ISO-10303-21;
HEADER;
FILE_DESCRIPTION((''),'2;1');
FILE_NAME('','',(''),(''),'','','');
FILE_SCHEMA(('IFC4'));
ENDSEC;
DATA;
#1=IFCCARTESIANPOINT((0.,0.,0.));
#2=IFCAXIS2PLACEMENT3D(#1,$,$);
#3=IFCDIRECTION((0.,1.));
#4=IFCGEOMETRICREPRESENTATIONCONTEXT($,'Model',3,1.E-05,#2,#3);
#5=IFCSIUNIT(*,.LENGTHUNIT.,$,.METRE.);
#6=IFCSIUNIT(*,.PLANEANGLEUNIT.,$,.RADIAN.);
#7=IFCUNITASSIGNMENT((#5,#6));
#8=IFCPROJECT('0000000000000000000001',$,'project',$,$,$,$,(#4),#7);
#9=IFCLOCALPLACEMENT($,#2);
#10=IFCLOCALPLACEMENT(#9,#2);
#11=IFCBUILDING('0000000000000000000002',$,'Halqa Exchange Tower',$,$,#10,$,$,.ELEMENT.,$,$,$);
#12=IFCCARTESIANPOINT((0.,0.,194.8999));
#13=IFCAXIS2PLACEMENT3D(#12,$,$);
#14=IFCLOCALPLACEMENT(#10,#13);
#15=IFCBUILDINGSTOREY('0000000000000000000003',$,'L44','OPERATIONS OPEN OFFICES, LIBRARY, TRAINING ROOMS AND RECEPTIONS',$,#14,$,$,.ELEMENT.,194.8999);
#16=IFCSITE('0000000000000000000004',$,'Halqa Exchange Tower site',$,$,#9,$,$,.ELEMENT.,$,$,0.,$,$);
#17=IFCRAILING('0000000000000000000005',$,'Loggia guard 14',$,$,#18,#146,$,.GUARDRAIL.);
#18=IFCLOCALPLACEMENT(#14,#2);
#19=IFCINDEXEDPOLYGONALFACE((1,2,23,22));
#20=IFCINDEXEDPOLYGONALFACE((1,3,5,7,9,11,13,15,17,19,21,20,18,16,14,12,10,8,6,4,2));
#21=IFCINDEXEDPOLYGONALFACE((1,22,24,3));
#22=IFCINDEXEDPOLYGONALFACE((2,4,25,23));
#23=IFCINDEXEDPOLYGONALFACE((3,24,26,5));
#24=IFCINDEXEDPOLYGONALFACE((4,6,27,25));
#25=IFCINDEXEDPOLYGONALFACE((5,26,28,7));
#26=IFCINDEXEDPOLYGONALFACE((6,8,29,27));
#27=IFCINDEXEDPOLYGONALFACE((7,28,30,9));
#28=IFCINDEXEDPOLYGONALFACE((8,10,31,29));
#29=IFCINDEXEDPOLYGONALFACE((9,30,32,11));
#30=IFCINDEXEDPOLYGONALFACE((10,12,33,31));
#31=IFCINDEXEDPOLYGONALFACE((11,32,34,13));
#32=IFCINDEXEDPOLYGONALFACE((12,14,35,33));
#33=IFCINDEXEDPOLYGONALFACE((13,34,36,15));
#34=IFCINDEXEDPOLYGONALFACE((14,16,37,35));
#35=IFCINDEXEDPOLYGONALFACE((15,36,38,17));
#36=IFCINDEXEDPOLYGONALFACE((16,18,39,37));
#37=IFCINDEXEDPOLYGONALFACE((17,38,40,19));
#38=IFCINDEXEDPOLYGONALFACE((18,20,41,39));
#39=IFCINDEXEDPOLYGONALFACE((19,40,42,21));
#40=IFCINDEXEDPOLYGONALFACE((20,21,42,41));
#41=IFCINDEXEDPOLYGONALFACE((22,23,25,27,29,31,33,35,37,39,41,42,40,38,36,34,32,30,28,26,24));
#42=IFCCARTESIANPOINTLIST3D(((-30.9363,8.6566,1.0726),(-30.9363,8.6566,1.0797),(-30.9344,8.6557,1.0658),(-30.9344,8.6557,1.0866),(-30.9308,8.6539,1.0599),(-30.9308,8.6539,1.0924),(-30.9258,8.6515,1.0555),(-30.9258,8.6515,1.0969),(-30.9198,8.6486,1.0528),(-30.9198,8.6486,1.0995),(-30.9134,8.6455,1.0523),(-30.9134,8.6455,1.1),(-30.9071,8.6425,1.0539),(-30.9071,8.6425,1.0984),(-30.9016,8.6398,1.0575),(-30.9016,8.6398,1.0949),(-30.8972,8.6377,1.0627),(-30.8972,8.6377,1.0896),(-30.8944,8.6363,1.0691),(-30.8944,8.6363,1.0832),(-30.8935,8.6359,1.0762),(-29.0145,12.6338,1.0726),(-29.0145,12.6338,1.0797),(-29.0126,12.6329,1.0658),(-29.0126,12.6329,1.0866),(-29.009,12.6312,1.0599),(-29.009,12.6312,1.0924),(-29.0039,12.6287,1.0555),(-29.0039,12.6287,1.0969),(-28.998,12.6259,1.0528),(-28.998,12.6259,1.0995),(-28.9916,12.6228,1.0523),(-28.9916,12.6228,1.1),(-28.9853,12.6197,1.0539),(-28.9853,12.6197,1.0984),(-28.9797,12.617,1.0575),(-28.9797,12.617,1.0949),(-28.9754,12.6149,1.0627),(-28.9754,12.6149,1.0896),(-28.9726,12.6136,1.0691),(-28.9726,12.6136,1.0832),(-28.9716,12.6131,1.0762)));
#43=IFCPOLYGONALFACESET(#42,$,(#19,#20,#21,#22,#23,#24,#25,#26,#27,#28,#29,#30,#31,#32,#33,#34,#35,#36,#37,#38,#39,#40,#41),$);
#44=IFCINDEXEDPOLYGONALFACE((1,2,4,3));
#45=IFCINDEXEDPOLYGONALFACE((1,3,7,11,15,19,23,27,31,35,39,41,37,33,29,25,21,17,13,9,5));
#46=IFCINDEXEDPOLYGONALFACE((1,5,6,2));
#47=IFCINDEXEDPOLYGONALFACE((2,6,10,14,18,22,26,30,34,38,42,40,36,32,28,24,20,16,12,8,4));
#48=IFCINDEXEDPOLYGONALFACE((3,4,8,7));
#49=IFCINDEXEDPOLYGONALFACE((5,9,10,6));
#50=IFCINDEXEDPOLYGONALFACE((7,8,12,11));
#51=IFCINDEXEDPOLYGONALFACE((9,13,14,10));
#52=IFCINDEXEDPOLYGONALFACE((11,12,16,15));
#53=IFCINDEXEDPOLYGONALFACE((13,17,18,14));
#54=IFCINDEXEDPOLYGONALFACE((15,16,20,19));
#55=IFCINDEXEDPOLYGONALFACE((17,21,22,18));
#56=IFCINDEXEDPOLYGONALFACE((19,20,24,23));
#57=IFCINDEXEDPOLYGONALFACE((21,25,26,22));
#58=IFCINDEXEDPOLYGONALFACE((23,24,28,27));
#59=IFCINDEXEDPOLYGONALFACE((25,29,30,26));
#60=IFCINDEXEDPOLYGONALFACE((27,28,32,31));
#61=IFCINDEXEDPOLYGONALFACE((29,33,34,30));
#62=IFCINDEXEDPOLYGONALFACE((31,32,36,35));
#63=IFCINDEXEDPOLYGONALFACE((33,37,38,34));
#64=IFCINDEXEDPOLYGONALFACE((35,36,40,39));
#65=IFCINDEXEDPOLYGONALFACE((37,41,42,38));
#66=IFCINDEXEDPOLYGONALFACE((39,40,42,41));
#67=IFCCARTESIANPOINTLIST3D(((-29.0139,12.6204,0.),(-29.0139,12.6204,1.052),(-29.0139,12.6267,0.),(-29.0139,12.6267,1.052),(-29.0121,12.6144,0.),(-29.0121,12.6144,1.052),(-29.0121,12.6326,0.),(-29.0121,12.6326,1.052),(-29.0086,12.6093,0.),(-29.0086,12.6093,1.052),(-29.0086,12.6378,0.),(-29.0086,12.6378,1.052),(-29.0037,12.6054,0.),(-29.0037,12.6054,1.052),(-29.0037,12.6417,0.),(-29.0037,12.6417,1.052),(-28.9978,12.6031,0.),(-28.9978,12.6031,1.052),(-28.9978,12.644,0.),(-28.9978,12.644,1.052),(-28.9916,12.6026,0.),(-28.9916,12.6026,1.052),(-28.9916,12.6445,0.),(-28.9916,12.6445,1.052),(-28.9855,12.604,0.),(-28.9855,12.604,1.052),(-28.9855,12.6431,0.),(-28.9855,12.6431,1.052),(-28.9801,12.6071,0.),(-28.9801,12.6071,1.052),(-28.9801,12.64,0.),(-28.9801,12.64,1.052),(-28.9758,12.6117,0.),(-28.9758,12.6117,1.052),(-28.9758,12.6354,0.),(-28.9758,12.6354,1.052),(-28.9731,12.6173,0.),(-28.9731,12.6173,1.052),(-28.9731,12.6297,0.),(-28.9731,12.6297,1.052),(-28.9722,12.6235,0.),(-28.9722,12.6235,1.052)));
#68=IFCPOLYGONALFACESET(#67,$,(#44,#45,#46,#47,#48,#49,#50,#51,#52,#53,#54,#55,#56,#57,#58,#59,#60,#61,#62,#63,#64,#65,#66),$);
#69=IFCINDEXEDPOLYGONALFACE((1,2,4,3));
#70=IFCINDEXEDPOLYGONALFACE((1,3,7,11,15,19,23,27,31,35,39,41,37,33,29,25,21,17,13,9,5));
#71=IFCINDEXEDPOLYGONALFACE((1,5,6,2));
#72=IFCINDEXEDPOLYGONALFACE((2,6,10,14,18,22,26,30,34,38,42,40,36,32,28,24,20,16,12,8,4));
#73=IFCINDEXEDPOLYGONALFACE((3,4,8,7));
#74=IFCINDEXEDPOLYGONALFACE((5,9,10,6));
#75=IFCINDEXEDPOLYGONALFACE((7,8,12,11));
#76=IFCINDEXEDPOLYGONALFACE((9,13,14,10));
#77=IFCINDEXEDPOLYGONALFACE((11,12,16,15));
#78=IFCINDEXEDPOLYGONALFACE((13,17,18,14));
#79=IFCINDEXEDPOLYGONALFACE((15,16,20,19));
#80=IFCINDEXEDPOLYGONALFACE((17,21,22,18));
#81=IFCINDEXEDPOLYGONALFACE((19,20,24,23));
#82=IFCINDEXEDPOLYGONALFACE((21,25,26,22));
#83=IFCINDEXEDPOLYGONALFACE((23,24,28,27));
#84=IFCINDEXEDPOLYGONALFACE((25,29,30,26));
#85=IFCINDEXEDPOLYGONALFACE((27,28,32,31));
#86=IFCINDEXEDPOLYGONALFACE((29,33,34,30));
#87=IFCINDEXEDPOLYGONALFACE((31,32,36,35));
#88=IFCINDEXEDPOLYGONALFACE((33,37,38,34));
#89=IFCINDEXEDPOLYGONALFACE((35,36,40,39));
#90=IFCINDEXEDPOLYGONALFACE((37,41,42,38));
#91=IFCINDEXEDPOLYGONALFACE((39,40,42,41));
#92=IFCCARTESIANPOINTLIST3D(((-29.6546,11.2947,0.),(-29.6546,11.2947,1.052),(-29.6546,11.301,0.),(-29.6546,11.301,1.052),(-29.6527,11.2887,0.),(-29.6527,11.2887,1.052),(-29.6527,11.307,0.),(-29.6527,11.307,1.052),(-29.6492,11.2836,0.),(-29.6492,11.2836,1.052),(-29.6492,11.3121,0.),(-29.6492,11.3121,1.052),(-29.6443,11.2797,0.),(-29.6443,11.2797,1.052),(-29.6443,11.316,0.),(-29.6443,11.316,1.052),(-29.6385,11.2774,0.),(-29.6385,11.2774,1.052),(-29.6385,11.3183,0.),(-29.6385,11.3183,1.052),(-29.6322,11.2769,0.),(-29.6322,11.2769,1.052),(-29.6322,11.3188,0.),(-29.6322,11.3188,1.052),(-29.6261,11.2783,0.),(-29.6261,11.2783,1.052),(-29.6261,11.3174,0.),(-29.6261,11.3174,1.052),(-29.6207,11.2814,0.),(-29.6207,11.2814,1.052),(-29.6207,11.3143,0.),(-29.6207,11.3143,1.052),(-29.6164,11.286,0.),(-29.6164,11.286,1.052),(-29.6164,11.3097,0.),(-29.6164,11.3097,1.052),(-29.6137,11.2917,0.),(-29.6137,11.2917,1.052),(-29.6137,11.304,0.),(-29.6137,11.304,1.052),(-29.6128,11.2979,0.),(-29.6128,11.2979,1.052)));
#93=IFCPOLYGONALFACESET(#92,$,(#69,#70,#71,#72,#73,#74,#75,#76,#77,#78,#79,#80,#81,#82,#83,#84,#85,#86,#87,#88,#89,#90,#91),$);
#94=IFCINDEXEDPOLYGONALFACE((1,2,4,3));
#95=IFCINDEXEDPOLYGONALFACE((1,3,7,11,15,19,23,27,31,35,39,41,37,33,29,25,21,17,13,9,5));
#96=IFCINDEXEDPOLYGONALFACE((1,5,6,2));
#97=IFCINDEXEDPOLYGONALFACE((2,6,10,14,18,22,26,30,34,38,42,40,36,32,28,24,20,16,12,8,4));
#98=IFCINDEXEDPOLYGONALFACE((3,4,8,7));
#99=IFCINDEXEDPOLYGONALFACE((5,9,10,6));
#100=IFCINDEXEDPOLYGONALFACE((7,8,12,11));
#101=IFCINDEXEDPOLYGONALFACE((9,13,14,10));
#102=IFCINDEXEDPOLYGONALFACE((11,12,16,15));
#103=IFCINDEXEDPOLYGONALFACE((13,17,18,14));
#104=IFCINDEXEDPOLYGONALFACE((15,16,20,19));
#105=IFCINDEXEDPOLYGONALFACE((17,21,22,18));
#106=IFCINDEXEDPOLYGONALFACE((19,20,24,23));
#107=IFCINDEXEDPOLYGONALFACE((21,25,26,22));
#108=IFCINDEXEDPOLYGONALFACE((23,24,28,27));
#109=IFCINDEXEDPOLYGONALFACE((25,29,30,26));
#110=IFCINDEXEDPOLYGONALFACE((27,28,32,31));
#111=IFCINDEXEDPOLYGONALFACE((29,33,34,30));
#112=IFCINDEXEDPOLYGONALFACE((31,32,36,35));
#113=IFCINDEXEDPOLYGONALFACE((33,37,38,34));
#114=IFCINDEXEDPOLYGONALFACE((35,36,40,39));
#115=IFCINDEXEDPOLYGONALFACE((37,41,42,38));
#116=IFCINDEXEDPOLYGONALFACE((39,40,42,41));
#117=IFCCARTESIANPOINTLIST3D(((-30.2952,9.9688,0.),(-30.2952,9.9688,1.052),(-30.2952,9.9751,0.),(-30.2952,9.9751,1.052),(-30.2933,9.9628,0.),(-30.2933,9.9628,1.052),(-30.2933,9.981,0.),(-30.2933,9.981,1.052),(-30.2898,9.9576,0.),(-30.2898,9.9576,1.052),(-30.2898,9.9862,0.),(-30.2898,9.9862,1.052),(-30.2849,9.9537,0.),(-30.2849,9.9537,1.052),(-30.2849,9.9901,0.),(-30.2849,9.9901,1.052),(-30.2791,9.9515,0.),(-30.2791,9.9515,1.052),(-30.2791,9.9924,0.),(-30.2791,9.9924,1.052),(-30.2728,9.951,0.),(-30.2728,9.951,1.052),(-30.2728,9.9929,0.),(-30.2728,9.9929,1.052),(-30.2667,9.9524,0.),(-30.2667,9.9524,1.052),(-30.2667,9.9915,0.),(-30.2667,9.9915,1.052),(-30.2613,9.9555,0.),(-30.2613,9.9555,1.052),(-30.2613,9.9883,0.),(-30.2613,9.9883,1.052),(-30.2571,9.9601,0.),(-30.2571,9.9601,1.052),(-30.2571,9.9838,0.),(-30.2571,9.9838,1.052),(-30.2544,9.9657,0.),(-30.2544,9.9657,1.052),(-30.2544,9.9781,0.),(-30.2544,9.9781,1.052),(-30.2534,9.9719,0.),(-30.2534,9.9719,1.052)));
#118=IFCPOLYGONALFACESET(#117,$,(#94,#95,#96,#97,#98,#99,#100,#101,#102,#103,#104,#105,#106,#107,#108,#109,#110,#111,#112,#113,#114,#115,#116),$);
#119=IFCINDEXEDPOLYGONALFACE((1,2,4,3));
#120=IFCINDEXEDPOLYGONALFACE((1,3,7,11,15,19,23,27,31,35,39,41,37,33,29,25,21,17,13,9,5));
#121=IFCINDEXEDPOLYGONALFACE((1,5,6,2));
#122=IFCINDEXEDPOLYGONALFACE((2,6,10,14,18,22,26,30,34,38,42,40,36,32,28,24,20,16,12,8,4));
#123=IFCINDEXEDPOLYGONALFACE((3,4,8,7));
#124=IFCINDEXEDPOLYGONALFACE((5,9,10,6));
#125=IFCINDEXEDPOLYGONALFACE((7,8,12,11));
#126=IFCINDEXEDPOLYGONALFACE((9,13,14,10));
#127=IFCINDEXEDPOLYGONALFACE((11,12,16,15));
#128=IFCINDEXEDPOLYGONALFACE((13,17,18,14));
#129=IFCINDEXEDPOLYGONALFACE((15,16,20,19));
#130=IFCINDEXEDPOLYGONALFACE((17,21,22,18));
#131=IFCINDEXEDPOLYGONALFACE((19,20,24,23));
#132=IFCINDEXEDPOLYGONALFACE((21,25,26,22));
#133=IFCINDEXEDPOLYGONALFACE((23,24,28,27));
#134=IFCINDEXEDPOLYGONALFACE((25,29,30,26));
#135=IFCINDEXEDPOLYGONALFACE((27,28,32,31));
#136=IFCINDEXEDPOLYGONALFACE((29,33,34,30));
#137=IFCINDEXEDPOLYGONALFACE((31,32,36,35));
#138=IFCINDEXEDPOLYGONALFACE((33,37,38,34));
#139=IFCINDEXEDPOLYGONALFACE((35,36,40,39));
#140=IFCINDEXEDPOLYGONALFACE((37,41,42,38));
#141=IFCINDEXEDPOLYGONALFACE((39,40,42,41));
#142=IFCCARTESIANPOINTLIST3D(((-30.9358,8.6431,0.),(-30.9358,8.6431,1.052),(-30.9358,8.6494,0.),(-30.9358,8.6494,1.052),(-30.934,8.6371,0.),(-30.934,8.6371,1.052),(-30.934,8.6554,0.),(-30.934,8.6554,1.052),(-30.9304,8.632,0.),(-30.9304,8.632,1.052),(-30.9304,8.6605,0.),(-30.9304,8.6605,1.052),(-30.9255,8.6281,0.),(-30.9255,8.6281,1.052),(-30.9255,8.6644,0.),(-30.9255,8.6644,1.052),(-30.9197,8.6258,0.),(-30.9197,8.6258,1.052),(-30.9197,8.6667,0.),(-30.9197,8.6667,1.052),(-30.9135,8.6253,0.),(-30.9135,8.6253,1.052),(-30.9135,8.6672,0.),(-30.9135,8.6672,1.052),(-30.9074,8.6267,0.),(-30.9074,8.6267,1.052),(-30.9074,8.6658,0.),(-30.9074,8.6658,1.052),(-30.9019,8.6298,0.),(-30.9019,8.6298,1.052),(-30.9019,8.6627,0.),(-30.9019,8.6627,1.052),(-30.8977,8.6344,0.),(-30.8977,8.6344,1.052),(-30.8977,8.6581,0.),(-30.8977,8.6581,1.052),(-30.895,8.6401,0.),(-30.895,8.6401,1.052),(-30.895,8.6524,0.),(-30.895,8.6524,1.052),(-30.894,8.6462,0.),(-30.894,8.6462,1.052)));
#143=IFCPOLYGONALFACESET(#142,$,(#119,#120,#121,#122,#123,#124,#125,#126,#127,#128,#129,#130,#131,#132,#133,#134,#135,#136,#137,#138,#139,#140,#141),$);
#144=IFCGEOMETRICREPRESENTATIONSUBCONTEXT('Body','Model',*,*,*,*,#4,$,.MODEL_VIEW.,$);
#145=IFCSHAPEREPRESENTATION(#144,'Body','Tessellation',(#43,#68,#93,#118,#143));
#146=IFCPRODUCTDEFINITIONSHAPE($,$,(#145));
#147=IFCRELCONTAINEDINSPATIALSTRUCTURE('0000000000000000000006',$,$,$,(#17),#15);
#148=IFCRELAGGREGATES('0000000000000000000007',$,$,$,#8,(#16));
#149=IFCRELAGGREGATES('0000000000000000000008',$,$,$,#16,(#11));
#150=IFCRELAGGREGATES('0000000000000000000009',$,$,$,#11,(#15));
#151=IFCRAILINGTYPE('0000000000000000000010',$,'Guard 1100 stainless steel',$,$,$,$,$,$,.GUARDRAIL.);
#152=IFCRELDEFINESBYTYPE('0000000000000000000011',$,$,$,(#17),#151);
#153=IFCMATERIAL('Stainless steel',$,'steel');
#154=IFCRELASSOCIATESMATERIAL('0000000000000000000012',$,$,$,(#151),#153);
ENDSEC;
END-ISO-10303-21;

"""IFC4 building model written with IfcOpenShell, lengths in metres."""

from ifc_helpers import new_model, si_unit, direction, frame, origin, origin_2d, place, context, subcontext, project, spatial, circle, extrude, material, type_object, element, save


model = new_model("IFC4")

# Units and contexts
model_context = context("Model", 3, precision=1e-05, world=origin(), true_north=direction((0.0, 1.0)))
body_context = subcontext(model_context, "Body", "Model", "MODEL_VIEW")
ifc_project = project(units=[si_unit("LENGTHUNIT", "METRE"), si_unit("PLANEANGLEUNIT", "RADIAN")], contexts=[model_context])

# Site, building, storey
site_placement = place(None, origin())
site = spatial("IfcSite", under=ifc_project, at=site_placement, Name="Halqa Exchange Tower site", CompositionType="ELEMENT", RefElevation=0.0)
building_placement = place(site_placement, origin())
building = spatial("IfcBuilding", under=site, at=building_placement, Name="Halqa Exchange Tower", CompositionType="ELEMENT")
storey_placement = place(building_placement, frame((0.0, 0.0, 194.8999)))
storey = spatial("IfcBuildingStorey", under=building, at=storey_placement, Name="L44", Description="OPERATIONS OPEN OFFICES, LIBRARY, TRAINING ROOMS AND RECEPTIONS", CompositionType="ELEMENT", Elevation=194.8999)

# Railing
ifc_material_1 = material(Name="Stainless steel", Category="steel")
railing_type = type_object("IfcRailingType", Name="Guard 1100 stainless steel", PredefinedType="GUARDRAIL", material=ifc_material_1)
railing_1_placement = place(storey_placement, frame((-28.9932, 12.6235, 0.0)))
element("IfcRailing", 1, at=railing_1_placement, inside=storey, type_object=railing_type, Name="Loggia guard 14", PredefinedType="GUARDRAIL", context=body_context, shape_type="SweptSolid", body=[
    extrude(circle(Radius=0.0239, at=origin_2d()), frame((0.0, 0.0, 1.0762), z_axis=(-0.43508, -0.900392, 0.0), x_axis=(0.900392, -0.43508, 0.0)), (0.0, 0.0, 1.0), 4.4172),
    extrude(circle(Radius=0.021, at=origin_2d()), origin(), (0.0, 0.0, 1.0), 1.052),
    extrude(circle(Radius=0.021, at=origin_2d()), frame((-0.6406, -1.3257, 0.0)), (0.0, 0.0, 1.0), 1.052),
    extrude(circle(Radius=0.021, at=origin_2d()), frame((-1.2812, -2.6516, 0.0)), (0.0, 0.0, 1.0), 1.052),
    extrude(circle(Radius=0.021, at=origin_2d()), frame((-1.9219, -3.9773, 0.0)), (0.0, 0.0, 1.0), 1.052),
])

save(model, "model.ifc")
